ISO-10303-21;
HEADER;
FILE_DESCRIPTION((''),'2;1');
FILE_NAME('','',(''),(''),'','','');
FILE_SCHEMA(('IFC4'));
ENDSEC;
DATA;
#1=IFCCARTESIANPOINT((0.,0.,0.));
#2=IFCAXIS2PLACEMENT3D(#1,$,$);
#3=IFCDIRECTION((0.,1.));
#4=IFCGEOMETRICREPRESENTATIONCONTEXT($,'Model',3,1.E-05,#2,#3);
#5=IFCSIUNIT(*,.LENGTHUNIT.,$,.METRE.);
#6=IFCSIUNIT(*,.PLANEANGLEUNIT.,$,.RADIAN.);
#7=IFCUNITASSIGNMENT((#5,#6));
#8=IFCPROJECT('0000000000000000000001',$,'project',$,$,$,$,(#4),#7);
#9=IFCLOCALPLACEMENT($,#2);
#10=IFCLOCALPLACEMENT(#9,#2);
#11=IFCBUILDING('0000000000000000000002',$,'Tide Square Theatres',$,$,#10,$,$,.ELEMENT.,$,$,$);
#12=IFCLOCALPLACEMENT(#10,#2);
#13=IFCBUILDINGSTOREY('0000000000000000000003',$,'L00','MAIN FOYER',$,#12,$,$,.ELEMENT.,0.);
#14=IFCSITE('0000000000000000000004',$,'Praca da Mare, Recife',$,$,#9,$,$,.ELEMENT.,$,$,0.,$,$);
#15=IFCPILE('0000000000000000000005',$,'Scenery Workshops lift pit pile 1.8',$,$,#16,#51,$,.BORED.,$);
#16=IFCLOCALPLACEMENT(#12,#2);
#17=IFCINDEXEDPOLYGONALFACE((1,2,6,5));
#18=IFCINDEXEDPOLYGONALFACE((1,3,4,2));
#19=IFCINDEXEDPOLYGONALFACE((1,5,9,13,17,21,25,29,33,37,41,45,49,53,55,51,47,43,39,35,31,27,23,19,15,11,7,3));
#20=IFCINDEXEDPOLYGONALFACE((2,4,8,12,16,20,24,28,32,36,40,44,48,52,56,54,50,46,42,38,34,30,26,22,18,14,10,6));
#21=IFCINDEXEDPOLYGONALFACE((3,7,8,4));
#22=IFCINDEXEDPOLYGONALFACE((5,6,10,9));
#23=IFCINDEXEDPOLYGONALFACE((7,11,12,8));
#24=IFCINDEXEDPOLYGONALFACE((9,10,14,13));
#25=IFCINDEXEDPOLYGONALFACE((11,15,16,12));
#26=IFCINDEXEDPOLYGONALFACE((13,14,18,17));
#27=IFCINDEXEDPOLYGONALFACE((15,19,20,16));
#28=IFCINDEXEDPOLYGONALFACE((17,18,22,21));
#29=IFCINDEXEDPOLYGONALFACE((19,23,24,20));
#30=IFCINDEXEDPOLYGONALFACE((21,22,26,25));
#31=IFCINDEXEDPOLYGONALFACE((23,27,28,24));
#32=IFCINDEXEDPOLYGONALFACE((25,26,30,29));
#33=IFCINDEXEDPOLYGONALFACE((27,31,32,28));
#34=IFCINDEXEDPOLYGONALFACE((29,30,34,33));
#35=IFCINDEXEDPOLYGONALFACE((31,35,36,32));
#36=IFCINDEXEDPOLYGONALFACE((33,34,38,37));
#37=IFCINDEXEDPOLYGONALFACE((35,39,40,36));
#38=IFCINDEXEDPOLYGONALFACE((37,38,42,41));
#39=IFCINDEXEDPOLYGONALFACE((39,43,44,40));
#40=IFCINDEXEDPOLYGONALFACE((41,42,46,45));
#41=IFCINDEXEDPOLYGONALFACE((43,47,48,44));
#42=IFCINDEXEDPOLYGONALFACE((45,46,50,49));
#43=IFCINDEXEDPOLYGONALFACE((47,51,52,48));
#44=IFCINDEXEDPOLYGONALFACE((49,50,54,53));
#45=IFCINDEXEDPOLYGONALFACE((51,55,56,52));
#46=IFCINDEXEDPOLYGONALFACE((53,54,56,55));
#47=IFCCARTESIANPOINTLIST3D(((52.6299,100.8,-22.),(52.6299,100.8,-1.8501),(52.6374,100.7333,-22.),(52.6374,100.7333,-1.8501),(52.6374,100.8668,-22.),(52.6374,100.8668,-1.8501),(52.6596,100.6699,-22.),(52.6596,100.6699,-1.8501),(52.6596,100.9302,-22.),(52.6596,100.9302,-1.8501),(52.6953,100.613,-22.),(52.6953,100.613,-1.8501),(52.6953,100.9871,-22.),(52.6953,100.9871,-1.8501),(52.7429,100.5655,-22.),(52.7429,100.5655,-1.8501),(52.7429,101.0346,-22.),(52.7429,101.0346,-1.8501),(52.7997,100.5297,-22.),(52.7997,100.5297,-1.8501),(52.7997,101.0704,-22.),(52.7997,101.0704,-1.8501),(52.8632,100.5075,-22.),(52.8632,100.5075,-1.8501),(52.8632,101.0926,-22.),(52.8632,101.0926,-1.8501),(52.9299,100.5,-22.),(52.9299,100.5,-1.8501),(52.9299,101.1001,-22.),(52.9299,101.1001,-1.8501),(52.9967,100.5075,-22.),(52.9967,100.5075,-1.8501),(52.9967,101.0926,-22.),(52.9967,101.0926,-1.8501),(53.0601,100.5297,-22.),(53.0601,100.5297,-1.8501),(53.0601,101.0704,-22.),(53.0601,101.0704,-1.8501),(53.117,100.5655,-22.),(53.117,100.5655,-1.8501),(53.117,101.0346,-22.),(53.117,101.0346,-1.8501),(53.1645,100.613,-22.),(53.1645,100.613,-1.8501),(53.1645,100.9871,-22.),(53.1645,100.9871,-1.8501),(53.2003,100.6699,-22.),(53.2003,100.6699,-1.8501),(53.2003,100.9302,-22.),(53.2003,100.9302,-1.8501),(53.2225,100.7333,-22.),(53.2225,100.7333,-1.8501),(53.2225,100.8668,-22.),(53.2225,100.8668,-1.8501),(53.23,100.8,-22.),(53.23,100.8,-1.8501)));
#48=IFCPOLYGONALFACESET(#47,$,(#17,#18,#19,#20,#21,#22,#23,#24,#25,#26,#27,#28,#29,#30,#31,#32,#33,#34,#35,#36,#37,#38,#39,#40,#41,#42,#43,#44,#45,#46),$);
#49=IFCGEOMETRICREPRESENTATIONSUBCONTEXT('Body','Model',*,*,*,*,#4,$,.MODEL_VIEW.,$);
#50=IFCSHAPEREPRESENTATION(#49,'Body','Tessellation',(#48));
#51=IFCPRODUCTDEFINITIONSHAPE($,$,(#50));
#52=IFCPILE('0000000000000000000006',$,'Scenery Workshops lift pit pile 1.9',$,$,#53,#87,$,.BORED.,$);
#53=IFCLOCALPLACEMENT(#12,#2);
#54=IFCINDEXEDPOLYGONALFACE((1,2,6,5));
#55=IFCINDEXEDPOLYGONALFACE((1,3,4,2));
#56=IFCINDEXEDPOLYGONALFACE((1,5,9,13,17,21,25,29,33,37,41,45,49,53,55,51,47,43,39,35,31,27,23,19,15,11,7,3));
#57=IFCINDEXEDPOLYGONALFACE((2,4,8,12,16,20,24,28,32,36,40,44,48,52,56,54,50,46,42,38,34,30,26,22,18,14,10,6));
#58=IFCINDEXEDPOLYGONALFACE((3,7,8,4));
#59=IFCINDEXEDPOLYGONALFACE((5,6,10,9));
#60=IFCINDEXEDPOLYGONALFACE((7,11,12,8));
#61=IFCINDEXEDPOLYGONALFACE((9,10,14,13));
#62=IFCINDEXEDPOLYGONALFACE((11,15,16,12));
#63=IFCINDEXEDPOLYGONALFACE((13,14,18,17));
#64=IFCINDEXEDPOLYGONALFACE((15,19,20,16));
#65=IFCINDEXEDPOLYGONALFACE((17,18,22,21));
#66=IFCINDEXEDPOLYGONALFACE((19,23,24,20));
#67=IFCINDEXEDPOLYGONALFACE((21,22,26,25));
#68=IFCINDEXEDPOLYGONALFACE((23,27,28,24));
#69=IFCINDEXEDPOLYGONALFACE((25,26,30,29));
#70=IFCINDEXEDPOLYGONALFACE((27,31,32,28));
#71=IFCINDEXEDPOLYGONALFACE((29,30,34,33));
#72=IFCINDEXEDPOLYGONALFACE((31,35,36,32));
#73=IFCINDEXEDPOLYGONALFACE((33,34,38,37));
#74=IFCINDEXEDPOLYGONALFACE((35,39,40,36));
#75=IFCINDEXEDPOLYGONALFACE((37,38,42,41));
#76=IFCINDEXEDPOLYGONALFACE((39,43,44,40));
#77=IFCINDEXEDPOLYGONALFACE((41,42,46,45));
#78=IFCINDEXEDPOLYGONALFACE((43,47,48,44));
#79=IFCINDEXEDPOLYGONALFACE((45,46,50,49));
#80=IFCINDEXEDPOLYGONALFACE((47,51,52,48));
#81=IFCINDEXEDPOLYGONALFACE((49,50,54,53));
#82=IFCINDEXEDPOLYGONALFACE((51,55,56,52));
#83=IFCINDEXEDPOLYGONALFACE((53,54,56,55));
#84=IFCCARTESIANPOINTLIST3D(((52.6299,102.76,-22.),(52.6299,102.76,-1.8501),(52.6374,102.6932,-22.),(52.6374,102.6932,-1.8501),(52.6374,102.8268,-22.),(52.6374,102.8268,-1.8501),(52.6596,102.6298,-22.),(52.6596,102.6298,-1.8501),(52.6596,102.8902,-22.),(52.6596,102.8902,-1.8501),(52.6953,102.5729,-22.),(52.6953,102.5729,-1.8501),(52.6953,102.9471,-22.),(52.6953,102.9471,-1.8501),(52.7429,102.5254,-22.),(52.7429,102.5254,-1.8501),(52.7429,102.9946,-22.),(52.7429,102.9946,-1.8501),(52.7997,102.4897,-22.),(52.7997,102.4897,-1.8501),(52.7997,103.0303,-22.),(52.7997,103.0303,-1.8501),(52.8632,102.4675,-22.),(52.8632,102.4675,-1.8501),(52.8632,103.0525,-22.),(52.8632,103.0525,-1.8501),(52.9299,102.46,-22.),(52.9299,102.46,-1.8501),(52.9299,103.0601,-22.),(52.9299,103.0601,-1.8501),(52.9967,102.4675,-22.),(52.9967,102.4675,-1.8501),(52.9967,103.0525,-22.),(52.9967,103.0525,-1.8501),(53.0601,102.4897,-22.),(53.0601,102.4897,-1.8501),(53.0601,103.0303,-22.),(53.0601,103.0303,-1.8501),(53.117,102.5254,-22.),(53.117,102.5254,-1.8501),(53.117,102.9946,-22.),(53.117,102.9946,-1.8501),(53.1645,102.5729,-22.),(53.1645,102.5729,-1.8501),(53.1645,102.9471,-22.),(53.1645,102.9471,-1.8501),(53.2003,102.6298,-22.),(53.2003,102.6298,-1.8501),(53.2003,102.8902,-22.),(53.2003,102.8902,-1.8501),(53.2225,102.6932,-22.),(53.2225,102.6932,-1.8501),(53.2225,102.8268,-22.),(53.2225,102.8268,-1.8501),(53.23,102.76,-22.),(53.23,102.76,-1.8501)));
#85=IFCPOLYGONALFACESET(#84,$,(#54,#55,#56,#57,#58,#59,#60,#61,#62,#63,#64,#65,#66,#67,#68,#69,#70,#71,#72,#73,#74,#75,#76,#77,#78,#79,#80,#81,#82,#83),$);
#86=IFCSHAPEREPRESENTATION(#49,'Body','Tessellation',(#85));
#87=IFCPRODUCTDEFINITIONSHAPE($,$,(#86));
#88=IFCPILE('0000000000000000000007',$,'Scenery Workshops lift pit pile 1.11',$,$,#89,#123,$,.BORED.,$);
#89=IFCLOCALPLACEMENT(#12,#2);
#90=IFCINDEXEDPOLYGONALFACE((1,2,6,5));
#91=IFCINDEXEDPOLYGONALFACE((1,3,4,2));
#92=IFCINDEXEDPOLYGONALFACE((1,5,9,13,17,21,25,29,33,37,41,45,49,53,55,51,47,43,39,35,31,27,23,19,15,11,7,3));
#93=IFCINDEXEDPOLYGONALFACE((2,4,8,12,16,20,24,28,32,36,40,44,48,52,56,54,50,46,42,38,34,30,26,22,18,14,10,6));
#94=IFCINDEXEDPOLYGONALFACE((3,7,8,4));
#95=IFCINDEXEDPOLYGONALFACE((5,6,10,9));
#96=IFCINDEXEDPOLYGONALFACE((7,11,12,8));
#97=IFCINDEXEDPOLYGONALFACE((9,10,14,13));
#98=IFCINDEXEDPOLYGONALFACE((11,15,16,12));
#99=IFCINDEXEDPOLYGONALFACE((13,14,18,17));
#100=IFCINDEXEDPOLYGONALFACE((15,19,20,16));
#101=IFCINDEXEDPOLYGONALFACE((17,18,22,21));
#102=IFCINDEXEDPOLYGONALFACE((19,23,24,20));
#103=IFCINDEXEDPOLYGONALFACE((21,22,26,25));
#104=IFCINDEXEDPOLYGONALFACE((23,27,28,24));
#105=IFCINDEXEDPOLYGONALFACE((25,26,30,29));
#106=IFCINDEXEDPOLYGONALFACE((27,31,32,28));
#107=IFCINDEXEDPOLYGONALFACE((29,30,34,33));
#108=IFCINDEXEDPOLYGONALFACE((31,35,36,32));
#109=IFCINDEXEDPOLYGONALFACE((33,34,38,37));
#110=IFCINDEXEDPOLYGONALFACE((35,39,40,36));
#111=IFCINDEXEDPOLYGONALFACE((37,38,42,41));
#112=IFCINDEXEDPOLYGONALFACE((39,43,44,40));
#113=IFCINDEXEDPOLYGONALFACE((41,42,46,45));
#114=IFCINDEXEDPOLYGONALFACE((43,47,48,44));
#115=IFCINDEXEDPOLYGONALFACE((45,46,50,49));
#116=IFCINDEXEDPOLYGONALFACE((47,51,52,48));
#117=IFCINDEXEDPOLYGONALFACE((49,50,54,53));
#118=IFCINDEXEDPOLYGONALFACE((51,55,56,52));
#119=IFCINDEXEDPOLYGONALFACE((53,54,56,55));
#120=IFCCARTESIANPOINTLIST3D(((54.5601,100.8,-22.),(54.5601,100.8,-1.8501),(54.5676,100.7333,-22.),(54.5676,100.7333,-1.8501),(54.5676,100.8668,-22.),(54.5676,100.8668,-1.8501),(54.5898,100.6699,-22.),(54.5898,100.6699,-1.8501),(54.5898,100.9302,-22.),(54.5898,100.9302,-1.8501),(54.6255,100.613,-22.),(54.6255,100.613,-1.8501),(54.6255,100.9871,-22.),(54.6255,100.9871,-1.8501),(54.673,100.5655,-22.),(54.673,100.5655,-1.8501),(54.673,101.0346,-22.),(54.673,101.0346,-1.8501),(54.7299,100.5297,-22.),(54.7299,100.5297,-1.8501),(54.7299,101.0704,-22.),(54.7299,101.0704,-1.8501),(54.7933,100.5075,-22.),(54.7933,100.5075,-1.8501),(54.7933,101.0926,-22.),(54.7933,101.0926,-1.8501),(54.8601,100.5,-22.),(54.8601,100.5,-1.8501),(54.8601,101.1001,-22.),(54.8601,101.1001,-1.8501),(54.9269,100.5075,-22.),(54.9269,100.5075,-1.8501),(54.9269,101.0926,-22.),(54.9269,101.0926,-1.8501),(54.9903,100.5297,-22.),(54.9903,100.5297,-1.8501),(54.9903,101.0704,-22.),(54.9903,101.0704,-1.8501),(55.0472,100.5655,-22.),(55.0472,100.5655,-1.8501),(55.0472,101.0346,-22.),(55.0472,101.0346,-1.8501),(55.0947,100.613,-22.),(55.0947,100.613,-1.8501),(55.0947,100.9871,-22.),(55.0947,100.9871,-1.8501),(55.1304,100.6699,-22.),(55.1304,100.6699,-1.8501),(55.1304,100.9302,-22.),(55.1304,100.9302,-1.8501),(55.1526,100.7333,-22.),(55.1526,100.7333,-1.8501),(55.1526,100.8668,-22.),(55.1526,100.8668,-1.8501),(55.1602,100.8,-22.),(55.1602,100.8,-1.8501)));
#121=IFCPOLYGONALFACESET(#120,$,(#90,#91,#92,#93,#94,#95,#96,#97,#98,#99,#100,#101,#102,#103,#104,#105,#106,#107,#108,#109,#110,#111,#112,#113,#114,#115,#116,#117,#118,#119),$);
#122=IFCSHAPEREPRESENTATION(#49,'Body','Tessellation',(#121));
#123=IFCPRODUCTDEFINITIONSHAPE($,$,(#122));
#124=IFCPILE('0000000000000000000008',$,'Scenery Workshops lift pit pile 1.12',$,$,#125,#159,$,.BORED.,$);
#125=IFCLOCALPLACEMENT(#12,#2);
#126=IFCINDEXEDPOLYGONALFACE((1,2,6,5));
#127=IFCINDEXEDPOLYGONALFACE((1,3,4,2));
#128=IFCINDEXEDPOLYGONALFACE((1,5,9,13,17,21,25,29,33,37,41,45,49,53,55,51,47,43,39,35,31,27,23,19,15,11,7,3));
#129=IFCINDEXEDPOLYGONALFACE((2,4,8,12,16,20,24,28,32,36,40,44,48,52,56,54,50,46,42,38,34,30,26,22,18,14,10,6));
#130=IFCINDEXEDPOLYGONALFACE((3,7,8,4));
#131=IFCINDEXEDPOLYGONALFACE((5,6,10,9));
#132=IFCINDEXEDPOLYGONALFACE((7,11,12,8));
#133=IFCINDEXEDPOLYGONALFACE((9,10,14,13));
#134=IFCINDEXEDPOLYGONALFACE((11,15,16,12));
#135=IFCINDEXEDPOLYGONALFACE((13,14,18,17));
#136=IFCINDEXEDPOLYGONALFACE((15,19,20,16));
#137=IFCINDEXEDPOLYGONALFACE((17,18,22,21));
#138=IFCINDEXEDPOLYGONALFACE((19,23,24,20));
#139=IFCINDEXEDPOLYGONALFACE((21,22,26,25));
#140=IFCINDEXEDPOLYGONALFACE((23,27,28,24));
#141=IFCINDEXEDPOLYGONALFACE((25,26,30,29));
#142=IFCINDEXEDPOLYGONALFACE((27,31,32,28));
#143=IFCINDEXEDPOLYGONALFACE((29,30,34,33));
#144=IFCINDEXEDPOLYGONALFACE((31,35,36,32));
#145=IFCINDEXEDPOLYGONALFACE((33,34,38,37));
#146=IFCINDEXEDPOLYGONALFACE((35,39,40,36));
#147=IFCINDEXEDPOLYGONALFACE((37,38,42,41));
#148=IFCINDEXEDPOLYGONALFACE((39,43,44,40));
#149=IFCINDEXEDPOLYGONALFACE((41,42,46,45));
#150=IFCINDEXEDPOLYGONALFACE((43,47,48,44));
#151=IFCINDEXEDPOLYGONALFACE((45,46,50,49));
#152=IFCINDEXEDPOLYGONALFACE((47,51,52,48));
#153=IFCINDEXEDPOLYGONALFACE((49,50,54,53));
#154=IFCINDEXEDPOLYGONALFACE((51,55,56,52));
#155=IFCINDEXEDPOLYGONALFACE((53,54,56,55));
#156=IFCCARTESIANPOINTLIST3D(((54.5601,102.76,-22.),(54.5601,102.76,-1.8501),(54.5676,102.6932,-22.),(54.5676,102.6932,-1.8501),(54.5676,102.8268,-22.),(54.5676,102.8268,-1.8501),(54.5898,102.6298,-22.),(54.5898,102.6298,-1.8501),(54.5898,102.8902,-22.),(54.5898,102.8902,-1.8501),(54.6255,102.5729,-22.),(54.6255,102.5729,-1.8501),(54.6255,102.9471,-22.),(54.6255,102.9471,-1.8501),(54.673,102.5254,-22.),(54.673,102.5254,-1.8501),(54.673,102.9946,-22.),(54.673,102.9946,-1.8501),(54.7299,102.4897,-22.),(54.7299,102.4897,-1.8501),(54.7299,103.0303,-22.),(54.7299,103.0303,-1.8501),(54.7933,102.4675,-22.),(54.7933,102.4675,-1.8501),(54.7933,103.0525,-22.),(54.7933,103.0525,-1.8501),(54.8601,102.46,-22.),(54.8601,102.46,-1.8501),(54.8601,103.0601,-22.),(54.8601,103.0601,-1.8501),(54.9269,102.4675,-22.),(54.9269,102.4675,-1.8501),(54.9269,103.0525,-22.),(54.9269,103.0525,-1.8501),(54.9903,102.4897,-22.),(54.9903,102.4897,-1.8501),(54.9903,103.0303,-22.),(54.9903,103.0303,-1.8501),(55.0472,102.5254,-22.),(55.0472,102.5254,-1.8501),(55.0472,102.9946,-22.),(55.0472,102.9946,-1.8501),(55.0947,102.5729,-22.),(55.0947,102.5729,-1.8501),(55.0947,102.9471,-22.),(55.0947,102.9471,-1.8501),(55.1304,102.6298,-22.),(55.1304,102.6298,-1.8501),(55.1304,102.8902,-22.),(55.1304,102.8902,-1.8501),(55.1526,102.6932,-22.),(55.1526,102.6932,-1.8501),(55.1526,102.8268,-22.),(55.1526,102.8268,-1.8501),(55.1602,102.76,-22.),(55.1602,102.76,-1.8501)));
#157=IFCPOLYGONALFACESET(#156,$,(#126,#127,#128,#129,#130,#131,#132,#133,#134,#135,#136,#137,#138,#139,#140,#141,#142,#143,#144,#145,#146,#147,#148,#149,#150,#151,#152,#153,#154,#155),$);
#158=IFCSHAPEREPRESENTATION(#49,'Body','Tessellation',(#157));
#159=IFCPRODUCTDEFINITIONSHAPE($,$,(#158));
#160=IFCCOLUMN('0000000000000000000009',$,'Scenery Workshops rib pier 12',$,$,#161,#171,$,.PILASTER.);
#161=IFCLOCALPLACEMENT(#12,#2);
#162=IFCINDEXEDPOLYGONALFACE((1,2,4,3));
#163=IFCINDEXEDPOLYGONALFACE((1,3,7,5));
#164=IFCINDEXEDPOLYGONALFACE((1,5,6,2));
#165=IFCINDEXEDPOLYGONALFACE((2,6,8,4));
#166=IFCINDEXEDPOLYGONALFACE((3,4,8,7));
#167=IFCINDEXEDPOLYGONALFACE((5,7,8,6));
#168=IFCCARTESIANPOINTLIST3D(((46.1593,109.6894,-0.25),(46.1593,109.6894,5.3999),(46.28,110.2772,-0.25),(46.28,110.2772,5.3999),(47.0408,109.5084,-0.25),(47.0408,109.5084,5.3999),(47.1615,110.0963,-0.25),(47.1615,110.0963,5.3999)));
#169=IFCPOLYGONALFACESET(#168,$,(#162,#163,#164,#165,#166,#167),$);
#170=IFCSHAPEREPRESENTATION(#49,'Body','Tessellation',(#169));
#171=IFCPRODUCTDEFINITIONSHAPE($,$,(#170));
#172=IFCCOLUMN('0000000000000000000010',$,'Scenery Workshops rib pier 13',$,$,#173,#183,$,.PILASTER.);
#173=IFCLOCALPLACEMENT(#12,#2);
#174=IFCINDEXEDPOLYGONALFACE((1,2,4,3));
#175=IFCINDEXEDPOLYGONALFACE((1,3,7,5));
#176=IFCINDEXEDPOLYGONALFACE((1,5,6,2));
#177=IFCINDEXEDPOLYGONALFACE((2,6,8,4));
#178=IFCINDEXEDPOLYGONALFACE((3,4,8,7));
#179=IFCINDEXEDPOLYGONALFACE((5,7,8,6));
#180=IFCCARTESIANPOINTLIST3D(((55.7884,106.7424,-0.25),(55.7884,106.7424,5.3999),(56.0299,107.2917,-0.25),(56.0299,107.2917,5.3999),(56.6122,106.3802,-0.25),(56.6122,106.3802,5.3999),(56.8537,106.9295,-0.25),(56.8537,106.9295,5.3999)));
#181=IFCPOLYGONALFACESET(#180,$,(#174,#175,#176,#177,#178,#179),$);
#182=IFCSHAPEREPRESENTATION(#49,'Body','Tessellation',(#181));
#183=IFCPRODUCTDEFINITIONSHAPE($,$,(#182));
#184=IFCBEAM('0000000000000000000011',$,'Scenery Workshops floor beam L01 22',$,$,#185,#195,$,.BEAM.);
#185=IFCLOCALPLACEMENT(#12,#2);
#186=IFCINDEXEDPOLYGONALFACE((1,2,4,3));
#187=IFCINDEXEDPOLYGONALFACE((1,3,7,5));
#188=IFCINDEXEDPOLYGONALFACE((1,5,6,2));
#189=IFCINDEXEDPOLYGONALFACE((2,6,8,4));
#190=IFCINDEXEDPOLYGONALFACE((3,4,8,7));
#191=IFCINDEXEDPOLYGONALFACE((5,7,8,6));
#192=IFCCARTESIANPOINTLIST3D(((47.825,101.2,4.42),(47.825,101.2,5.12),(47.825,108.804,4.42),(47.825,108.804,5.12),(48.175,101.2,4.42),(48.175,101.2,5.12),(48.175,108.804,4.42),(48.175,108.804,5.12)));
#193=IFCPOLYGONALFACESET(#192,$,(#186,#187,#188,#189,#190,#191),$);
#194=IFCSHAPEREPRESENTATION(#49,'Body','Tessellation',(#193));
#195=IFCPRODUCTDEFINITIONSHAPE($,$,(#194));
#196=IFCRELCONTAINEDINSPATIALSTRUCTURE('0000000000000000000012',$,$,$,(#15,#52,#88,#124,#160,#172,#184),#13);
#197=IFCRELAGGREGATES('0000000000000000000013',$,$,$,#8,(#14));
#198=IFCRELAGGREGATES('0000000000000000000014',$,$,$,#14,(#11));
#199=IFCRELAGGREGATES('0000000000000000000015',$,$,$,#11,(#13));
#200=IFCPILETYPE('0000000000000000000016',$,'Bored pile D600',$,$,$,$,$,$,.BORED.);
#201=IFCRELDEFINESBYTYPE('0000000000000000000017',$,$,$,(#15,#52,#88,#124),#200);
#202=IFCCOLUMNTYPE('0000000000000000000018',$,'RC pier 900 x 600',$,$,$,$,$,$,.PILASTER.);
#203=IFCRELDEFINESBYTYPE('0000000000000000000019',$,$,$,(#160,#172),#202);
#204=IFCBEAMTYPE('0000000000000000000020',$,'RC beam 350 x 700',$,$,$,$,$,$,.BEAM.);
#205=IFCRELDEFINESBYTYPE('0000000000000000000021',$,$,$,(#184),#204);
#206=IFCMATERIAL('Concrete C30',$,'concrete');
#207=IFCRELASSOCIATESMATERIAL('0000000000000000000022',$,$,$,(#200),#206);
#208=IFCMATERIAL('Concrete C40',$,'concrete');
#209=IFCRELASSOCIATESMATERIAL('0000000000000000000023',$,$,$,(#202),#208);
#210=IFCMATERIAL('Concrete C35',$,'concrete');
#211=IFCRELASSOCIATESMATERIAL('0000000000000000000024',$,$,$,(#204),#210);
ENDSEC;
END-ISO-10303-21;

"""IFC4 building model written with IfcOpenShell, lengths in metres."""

from ifc_helpers import new_model, si_unit, direction, frame, origin, origin_2d, place, context, subcontext, project, spatial, rectangle, circle, extrude, material, material_profile, profile_set, type_object, element, save


model = new_model("IFC4")

# Units and contexts
model_context = context("Model", 3, precision=1e-05, world=origin(), true_north=direction((0.0, 1.0)))
body_context = subcontext(model_context, "Body", "Model", "MODEL_VIEW")
ifc_project = project(units=[si_unit("LENGTHUNIT", "METRE"), si_unit("PLANEANGLEUNIT", "RADIAN")], contexts=[model_context])

# Site, building, storey
site_placement = place(None, origin())
site = spatial("IfcSite", under=ifc_project, at=site_placement, Name="Praca da Mare, Recife", CompositionType="ELEMENT", RefElevation=0.0)
building_placement = place(site_placement, origin())
building = spatial("IfcBuilding", under=site, at=building_placement, Name="Tide Square Theatres", CompositionType="ELEMENT")
storey_placement = place(building_placement, origin())
storey = spatial("IfcBuildingStorey", under=building, at=storey_placement, Name="L00", Description="MAIN FOYER", CompositionType="ELEMENT", Elevation=0.0)

# Piles
ifc_material_1 = material(Name="Concrete C30", Category="concrete")
ifc_material_profile_1 = material_profile(ifc_material_1, circle(Radius=0.3, at=origin_2d()))
ifc_profile_set_1 = profile_set([ifc_material_profile_1], Name="Concrete C30")
pile_type = type_object("IfcPileType", Name="Bored pile D600", PredefinedType="BORED", material=ifc_profile_set_1)
for number, where, z_axis, x_axis, name in (
    (1, (52.9299, 100.8, -1.8501), (0.0, 0.0, -1.0), (1.0, 0.0, 0.0), "Scenery Workshops lift pit pile 1.8"),
    (2, (52.9299, 102.76, -1.8501), (0.0, 0.0, -1.0), (1.0, 0.0, 0.0), "Scenery Workshops lift pit pile 1.9"),
    (3, (54.8601, 100.8, -1.8501), (0.0, 0.0, -1.0), (1.0, 0.0, 0.0), "Scenery Workshops lift pit pile 1.11"),
    (4, (54.8601, 102.76, -1.8501), (0.0, 0.0, -1.0), (1.0, 0.0, 0.0), "Scenery Workshops lift pit pile 1.12"),
):
    element("IfcPile", number, at=place(storey_placement, frame(where, z_axis=z_axis, x_axis=x_axis)), inside=storey, type_object=pile_type, Name=name, PredefinedType="BORED", context=body_context, shape_type="SweptSolid", body=[
        extrude(circle(Radius=0.3, at=origin_2d()), origin(), (0.0, 0.0, 1.0), 20.1499),
    ])

# Columns
ifc_material_2 = material(Name="Concrete C40", Category="concrete")
ifc_material_profile_2 = material_profile(ifc_material_2, rectangle(XDim=0.8999, YDim=0.6001, at=origin_2d()))
ifc_profile_set_2 = profile_set([ifc_material_profile_2], Name="Concrete C40")
column_type = type_object("IfcColumnType", Name="RC pier 900 x 600", PredefinedType="PILASTER", material=ifc_profile_set_2)
for number, where, z_axis, x_axis, name in (
    (5, (46.6604, 109.8928, -0.25), (0.0, 0.0, 1.0), (-0.979575, 0.201079, 0.0), "Scenery Workshops rib pier 12"),
    (6, (56.321, 106.8359, -0.25), (0.0, 0.0, 1.0), (-0.915419, 0.402502, 0.0), "Scenery Workshops rib pier 13"),
):
    element("IfcColumn", number, at=place(storey_placement, frame(where, z_axis=z_axis, x_axis=x_axis)), inside=storey, type_object=column_type, Name=name, PredefinedType="PILASTER", context=body_context, shape_type="SweptSolid", body=[
        extrude(rectangle(XDim=0.8999, YDim=0.6001, at=origin_2d()), origin(), (0.0, 0.0, 1.0), 5.6499),
    ])

# Beam
ifc_material_3 = material(Name="Concrete C35", Category="concrete")
ifc_material_profile_3 = material_profile(ifc_material_3, rectangle(XDim=0.3501, YDim=0.7, at=origin_2d()))
ifc_profile_set_3 = profile_set([ifc_material_profile_3], Name="Concrete C35")
beam_type = type_object("IfcBeamType", Name="RC beam 350 x 700", PredefinedType="BEAM", material=ifc_profile_set_3)
beam_placement = place(storey_placement, frame((48.0, 101.2, 4.77), z_axis=(0.0, 1.0, 0.0), x_axis=(-1.0, 0.0, 0.0)))
element("IfcBeam", 7, at=beam_placement, inside=storey, type_object=beam_type, Name="Scenery Workshops floor beam L01 22", PredefinedType="BEAM", context=body_context, shape_type="SweptSolid", body=[
    extrude(rectangle(XDim=0.3501, YDim=0.7, at=origin_2d()), origin(), (0.0, 0.0, 1.0), 7.604),
])

save(model, "model.ifc")
